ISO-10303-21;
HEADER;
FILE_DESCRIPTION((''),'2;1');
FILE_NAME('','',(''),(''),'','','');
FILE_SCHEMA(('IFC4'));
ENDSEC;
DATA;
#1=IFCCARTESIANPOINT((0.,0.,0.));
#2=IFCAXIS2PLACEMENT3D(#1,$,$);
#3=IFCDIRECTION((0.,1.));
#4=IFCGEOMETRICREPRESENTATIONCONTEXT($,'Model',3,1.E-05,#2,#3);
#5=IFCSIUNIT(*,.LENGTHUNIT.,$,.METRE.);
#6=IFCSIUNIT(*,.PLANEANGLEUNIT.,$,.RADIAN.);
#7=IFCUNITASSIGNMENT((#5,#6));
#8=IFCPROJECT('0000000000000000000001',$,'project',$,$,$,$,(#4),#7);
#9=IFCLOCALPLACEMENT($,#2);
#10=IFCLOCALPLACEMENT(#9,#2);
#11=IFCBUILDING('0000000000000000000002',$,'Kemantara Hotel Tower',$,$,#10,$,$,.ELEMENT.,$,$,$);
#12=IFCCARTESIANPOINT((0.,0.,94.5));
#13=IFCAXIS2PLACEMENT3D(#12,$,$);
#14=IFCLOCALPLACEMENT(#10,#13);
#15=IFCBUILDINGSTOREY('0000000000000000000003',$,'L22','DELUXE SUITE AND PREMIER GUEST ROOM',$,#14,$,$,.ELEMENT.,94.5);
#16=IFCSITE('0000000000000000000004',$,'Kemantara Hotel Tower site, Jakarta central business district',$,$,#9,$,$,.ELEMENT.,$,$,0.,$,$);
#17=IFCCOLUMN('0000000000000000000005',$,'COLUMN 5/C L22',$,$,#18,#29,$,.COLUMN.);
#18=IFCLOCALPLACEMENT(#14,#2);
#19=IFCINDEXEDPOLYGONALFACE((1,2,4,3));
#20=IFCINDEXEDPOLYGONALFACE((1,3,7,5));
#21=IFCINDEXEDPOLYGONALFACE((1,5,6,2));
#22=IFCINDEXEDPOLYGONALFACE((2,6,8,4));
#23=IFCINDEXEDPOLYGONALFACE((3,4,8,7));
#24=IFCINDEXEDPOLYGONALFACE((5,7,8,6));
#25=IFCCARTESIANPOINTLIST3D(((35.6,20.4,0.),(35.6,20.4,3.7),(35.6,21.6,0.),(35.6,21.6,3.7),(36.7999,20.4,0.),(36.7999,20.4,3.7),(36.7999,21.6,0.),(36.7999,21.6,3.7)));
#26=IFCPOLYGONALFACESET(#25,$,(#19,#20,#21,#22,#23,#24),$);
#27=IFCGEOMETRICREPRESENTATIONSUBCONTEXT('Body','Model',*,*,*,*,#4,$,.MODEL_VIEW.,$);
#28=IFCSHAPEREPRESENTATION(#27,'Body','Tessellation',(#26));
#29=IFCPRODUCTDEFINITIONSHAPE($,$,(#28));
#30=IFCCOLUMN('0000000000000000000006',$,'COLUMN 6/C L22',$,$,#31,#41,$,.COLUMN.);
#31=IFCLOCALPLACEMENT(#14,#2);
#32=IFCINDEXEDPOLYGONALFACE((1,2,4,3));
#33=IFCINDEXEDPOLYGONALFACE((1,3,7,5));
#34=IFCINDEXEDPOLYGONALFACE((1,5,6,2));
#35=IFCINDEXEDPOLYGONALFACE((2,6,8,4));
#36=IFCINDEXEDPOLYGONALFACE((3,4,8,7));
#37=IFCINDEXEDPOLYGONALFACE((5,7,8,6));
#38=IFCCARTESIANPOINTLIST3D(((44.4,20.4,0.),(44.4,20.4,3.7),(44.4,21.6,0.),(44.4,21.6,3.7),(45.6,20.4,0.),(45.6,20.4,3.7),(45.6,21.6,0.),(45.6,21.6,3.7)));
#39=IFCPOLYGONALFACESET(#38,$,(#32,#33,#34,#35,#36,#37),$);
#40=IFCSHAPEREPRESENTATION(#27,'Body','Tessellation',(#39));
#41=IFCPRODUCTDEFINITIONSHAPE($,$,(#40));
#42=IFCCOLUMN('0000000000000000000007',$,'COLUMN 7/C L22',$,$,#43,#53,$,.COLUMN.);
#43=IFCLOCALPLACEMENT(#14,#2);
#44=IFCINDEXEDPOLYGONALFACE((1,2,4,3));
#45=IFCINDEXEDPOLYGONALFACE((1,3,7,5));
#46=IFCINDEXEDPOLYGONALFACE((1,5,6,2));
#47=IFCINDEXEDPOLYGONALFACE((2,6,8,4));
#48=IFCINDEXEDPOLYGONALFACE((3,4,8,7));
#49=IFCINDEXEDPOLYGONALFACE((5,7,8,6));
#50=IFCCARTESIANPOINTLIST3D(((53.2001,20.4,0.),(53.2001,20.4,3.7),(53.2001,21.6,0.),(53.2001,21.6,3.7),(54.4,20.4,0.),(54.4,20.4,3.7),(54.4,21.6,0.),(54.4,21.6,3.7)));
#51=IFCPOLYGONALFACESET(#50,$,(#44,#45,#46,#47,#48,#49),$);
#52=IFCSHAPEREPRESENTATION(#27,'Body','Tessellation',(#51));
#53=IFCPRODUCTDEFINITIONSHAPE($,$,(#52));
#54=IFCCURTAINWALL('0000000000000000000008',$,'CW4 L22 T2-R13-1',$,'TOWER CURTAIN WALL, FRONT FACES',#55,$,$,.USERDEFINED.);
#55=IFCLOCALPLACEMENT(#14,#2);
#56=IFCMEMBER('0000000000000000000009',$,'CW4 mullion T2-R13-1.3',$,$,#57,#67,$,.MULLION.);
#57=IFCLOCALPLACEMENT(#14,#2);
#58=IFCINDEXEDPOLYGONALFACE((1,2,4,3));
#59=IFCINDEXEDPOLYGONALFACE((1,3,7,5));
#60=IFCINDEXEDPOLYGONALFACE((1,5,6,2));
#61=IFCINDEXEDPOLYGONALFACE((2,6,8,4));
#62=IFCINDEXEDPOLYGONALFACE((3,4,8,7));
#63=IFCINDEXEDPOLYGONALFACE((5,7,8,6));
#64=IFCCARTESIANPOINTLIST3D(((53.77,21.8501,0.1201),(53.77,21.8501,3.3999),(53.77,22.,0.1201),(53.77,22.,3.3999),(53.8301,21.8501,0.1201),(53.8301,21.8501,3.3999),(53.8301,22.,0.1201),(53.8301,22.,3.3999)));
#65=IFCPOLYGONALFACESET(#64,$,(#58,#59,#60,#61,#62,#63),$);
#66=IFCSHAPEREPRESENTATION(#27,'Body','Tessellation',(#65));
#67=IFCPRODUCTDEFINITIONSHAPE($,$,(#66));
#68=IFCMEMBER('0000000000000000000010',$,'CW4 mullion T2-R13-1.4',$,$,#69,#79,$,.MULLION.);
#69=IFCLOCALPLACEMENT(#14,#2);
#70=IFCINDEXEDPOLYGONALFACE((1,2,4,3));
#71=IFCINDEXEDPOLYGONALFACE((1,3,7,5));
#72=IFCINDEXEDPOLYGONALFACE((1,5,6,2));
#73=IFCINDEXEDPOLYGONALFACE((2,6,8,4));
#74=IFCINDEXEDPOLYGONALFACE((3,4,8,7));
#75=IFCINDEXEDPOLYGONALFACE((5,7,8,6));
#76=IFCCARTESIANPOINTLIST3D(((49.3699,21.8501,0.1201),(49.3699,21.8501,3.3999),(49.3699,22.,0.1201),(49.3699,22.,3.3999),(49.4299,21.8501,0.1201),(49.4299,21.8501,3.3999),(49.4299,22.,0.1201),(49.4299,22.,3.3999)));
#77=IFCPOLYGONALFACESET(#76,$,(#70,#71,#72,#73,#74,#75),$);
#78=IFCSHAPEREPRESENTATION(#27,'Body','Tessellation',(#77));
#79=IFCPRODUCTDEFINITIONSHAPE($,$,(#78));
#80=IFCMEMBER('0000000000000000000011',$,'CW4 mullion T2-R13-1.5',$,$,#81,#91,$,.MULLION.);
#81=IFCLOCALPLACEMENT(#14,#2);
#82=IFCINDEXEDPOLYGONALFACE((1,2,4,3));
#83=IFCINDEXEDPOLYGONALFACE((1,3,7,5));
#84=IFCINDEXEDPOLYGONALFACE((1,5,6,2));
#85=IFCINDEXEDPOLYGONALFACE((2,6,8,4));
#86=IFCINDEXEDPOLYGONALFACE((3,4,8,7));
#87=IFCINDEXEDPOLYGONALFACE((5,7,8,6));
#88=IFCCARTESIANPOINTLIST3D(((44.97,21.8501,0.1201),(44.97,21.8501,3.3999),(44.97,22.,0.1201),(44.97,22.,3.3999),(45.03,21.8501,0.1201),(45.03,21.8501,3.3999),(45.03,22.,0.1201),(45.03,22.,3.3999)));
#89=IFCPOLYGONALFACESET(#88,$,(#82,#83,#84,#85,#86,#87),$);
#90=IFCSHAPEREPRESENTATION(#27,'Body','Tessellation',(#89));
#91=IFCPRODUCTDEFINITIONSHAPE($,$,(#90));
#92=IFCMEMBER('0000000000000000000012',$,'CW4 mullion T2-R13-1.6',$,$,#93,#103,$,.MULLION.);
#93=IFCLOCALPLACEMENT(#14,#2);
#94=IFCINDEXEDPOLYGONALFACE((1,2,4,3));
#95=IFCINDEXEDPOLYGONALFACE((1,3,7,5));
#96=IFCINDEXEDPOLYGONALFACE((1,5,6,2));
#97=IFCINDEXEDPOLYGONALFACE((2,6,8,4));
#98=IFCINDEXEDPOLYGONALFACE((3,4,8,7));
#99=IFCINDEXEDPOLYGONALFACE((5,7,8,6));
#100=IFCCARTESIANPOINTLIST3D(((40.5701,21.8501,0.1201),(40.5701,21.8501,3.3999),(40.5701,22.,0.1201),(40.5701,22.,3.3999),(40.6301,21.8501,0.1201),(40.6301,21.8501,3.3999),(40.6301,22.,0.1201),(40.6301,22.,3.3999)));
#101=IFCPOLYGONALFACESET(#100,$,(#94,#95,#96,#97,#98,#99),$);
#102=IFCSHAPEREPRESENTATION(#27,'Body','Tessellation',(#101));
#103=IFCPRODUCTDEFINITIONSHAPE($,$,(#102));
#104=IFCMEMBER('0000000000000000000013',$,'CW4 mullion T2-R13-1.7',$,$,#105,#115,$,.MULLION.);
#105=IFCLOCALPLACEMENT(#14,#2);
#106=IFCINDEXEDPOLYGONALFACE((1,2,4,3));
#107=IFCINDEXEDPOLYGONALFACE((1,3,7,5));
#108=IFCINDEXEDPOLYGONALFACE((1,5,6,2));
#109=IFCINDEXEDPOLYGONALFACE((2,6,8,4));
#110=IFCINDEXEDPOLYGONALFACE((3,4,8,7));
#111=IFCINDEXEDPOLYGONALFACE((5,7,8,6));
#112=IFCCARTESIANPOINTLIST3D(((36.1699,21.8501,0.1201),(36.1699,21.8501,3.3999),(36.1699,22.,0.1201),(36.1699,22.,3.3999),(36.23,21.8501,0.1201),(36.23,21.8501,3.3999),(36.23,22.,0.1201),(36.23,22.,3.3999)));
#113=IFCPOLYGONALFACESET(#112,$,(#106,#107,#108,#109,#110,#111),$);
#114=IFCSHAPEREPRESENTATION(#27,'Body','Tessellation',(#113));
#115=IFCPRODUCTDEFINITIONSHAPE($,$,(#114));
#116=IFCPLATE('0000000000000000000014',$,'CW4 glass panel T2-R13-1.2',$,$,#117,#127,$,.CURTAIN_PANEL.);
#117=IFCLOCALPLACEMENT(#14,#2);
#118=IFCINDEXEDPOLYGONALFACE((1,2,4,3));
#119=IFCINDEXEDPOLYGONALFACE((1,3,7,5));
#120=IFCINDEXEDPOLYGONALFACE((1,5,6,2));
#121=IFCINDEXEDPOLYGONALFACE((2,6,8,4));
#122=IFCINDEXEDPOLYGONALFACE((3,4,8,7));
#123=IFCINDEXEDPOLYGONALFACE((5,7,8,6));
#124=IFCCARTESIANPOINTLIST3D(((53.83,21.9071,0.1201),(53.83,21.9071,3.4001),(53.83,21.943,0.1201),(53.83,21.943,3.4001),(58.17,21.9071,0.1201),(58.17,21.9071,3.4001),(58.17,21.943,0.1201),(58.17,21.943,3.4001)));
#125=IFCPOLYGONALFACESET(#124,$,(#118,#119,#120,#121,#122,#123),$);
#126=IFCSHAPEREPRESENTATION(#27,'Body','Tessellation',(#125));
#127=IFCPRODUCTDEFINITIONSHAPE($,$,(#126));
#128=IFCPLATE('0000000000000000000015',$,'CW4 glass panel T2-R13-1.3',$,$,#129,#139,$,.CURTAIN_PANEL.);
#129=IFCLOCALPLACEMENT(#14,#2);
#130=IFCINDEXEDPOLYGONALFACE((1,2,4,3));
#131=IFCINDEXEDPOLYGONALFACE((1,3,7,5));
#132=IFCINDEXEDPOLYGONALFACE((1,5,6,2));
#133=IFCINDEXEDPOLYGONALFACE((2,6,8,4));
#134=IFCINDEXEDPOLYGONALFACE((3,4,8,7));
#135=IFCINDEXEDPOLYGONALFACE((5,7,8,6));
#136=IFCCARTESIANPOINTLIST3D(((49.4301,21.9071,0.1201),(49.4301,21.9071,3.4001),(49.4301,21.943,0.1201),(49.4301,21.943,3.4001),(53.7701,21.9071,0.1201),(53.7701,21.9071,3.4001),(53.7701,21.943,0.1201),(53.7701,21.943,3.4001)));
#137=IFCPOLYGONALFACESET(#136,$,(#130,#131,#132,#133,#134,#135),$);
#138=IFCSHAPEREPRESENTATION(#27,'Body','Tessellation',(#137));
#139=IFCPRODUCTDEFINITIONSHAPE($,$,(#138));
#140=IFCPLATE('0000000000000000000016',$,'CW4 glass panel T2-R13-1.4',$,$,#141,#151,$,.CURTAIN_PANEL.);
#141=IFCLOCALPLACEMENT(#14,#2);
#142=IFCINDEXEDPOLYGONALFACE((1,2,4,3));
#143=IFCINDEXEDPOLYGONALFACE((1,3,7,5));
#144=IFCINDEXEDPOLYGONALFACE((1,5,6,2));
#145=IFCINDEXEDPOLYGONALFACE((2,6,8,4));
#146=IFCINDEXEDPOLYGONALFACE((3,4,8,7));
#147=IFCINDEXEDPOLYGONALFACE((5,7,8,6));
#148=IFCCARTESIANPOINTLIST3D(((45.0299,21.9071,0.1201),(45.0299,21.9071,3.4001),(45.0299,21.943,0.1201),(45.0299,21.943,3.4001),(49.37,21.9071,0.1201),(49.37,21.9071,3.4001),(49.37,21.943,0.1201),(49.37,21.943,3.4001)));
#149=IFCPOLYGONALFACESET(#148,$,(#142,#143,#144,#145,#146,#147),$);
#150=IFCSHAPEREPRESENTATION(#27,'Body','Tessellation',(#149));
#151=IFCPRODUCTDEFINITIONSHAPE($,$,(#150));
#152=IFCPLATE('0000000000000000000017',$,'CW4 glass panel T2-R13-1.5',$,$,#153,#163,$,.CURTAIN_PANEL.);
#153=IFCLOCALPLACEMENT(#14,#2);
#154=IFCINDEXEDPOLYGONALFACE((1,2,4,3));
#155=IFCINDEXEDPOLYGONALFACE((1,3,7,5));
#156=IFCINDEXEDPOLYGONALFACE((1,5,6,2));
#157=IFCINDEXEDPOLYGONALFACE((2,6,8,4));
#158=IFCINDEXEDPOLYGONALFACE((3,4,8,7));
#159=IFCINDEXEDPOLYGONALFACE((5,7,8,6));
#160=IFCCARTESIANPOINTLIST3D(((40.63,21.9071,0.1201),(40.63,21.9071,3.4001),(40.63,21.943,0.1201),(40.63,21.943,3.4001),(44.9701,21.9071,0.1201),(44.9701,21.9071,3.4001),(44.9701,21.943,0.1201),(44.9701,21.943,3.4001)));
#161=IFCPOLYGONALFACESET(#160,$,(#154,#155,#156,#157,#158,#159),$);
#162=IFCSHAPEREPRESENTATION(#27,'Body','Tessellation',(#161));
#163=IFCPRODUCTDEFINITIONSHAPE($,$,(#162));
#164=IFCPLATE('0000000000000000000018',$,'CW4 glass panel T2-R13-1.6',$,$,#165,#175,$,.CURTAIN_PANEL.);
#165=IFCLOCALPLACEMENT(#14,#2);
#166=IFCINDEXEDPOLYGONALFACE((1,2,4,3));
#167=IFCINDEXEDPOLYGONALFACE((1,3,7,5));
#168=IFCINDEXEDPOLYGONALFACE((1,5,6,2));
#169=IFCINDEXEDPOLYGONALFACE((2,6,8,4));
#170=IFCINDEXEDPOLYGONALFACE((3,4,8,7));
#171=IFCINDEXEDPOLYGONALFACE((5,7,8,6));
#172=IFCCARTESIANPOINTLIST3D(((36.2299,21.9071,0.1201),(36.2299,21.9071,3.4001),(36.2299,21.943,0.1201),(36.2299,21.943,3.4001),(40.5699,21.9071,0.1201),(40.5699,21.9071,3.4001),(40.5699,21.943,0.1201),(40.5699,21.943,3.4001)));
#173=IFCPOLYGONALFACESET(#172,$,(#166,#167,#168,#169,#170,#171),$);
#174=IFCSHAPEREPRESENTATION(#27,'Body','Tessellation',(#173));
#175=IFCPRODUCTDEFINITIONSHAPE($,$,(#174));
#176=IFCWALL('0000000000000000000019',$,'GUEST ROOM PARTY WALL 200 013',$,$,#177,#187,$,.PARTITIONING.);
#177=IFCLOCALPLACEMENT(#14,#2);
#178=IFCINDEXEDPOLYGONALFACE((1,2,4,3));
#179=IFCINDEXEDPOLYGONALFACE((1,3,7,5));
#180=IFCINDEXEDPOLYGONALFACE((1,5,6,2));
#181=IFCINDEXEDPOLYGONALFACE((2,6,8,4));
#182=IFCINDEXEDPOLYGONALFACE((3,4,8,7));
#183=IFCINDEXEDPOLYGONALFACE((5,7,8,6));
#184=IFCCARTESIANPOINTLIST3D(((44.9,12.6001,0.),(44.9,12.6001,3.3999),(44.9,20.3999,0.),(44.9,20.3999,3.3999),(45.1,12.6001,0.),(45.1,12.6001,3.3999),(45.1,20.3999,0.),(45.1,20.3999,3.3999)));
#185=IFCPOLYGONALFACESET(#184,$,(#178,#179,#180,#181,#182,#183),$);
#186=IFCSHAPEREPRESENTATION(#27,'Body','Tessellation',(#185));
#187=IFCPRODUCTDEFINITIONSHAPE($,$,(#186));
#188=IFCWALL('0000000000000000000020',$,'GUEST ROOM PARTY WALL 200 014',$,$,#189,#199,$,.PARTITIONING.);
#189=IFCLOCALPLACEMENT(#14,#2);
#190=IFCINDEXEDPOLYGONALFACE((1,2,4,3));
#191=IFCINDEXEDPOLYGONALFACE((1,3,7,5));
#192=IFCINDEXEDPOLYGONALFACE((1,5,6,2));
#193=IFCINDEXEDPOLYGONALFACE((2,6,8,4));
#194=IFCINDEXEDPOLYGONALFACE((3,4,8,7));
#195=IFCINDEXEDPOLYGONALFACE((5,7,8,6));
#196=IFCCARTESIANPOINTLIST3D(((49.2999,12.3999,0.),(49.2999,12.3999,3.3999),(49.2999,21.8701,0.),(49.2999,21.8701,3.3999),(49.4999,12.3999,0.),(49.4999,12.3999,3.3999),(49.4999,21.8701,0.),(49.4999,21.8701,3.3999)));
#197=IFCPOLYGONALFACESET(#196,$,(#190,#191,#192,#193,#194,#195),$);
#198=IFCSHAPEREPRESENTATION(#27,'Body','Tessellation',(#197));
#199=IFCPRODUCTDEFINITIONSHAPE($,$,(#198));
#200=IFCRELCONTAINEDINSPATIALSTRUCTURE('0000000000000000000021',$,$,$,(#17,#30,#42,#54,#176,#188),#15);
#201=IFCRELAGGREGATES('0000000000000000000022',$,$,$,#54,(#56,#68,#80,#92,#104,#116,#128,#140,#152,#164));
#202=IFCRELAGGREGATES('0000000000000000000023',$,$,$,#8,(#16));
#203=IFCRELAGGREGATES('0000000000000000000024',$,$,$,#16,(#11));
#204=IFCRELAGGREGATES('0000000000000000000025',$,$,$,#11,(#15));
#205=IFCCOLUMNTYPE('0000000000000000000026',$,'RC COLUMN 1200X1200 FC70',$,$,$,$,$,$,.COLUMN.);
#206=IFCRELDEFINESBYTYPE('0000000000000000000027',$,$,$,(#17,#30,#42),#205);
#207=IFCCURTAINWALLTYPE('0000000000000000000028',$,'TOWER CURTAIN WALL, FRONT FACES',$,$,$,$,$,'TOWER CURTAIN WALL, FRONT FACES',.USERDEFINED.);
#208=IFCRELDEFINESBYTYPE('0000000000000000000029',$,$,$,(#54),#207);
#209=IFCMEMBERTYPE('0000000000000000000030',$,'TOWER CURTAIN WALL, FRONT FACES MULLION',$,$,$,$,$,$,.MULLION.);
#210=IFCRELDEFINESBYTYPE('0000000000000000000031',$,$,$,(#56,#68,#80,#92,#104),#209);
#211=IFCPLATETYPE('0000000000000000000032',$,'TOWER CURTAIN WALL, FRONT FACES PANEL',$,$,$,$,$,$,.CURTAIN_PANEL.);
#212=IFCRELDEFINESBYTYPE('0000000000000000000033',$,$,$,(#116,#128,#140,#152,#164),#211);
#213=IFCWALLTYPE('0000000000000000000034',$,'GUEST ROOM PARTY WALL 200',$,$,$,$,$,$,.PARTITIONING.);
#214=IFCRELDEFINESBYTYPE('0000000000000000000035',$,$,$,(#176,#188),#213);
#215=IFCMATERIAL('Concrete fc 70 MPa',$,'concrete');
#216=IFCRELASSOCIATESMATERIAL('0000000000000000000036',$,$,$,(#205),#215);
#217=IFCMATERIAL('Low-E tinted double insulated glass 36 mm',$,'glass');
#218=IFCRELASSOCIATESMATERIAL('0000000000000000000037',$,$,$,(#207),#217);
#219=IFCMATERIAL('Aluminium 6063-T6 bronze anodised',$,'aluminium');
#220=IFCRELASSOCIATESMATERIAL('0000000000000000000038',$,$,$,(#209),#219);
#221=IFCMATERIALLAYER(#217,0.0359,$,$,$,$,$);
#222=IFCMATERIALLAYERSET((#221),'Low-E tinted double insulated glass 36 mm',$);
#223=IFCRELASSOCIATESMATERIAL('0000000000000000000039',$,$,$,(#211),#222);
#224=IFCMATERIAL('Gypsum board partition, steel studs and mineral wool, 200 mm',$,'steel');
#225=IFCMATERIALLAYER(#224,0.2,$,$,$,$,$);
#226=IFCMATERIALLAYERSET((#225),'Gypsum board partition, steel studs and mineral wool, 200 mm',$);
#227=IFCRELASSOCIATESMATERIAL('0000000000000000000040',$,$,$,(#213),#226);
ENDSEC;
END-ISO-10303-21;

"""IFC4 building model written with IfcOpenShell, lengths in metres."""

from ifc_helpers import new_model, si_unit, direction, frame, frame_2d, origin, origin_2d, place, context, subcontext, project, spatial, rectangle, extrude, source, transform, mapped, material, layer, layer_set, material_profile, profile_set, type_object, element, aggregate, save


model = new_model("IFC4")

# Units and contexts
model_context = context("Model", 3, precision=1e-05, world=origin(), true_north=direction((0.0, 1.0)))
body_context = subcontext(model_context, "Body", "Model", "MODEL_VIEW")
ifc_project = project(units=[si_unit("LENGTHUNIT", "METRE"), si_unit("PLANEANGLEUNIT", "RADIAN")], contexts=[model_context])

# Site, building, storey
site_placement = place(None, origin())
site = spatial("IfcSite", under=ifc_project, at=site_placement, Name="Kemantara Hotel Tower site, Jakarta central business district", CompositionType="ELEMENT", RefElevation=0.0)
building_placement = place(site_placement, origin())
building = spatial("IfcBuilding", under=site, at=building_placement, Name="Kemantara Hotel Tower", CompositionType="ELEMENT")
storey_placement = place(building_placement, frame((0.0, 0.0, 94.5)))
storey = spatial("IfcBuildingStorey", under=building, at=storey_placement, Name="L22", Description="DELUXE SUITE AND PREMIER GUEST ROOM", CompositionType="ELEMENT", Elevation=94.5)

# Columns
ifc_material_1 = material(Name="Concrete fc 70 MPa", Category="concrete")
ifc_material_profile_1 = material_profile(ifc_material_1, rectangle(XDim=1.2, YDim=1.2, at=origin_2d()), Name="RC 1200X1200")
ifc_profile_set_1 = profile_set([ifc_material_profile_1], Name="Concrete fc 70 MPa")
column_type = type_object("IfcColumnType", Name="RC COLUMN 1200X1200 FC70", PredefinedType="COLUMN", material=ifc_profile_set_1)
for number, where, z_axis, x_axis, name in (
    (1, (36.2, 21.0, 0.0), (0.0, 0.0, 1.0), (1.0, 0.0, 0.0), "COLUMN 5/C L22"),
    (2, (45.0, 21.0, 0.0), (0.0, 0.0, 1.0), (1.0, 0.0, 0.0), "COLUMN 6/C L22"),
    (3, (53.8, 21.0, 0.0), (0.0, 0.0, 1.0), (1.0, 0.0, 0.0), "COLUMN 7/C L22"),
):
    element("IfcColumn", number, at=place(storey_placement, frame(where, z_axis=z_axis, x_axis=x_axis)), inside=storey, type_object=column_type, Name=name, PredefinedType="COLUMN", context=body_context, shape_type="SweptSolid", body=[
        extrude(rectangle(XDim=1.2, YDim=1.2, at=origin_2d()), origin(), (0.0, 0.0, 1.0), 3.7),
    ])

# Curtain wall, members, plates
ifc_material_2 = material(Name="Low-E tinted double insulated glass 36 mm", Category="glass")
curtain_wall_type = type_object("IfcCurtainWallType", Name="TOWER CURTAIN WALL, FRONT FACES", ElementType="TOWER CURTAIN WALL, FRONT FACES", PredefinedType="USERDEFINED", material=ifc_material_2)
curtain_wall_placement = place(storey_placement, origin())
curtain_wall = element("IfcCurtainWall", 4, at=curtain_wall_placement, inside=storey, type_object=curtain_wall_type, Name="CW4 L22 T2-R13-1", ObjectType="TOWER CURTAIN WALL, FRONT FACES", PredefinedType="USERDEFINED")
ifc_material_3 = material(Name="Aluminium 6063-T6 bronze anodised", Category="aluminium")
ifc_material_profile_2 = material_profile(ifc_material_3, rectangle(XDim=0.1499, YDim=0.0601, at=origin_2d()), Name="TOWER CURTAIN WALL, FRONT FACES MULLION")
ifc_profile_set_2 = profile_set([ifc_material_profile_2], Name="Aluminium 6063-T6 bronze anodised")
member_type = type_object("IfcMemberType", Name="TOWER CURTAIN WALL, FRONT FACES MULLION", PredefinedType="MULLION", material=ifc_profile_set_2)
shared_shape_1 = source(origin(), body_context, "Body", "SweptSolid", [
    extrude(rectangle(XDim=0.1499, YDim=0.0601, at=origin_2d()), origin(), (0.0, 0.0, 1.0), 3.2798),
])
member_1_placement = place(storey_placement, frame((53.8, 21.925, 0.1201), z_axis=(0.0, 0.0, 1.0), x_axis=(0.0, -1.0, 0.0)))
member_1 = element("IfcMember", 5, at=member_1_placement, type_object=member_type, Name="CW4 mullion T2-R13-1.3", PredefinedType="MULLION", context=body_context, shape_type="MappedRepresentation", body=[
    mapped(shared_shape_1, transform((0.0, 0.0, 0.0))),
])
member_2_placement = place(storey_placement, frame((49.3999, 21.925, 0.1201), z_axis=(0.0, 0.0, 1.0), x_axis=(0.0, -1.0, 0.0)))
member_2 = element("IfcMember", 6, at=member_2_placement, type_object=member_type, Name="CW4 mullion T2-R13-1.4", PredefinedType="MULLION", context=body_context, shape_type="MappedRepresentation", body=[
    mapped(shared_shape_1, transform((0.0, 0.0, 0.0))),
])
member_3_placement = place(storey_placement, frame((45.0, 21.925, 0.1201), z_axis=(0.0, 0.0, 1.0), x_axis=(0.0, -1.0, 0.0)))
member_3 = element("IfcMember", 7, at=member_3_placement, type_object=member_type, Name="CW4 mullion T2-R13-1.5", PredefinedType="MULLION", context=body_context, shape_type="MappedRepresentation", body=[
    mapped(shared_shape_1, transform((0.0, 0.0, 0.0))),
])
member_4_placement = place(storey_placement, frame((40.6001, 21.925, 0.1201), z_axis=(0.0, 0.0, 1.0), x_axis=(0.0, -1.0, 0.0)))
member_4 = element("IfcMember", 8, at=member_4_placement, type_object=member_type, Name="CW4 mullion T2-R13-1.6", PredefinedType="MULLION", context=body_context, shape_type="MappedRepresentation", body=[
    mapped(shared_shape_1, transform((0.0, 0.0, 0.0))),
])
member_5_placement = place(storey_placement, frame((36.2, 21.925, 0.1201), z_axis=(0.0, 0.0, 1.0), x_axis=(0.0, -1.0, 0.0)))
member_5 = element("IfcMember", 9, at=member_5_placement, type_object=member_type, Name="CW4 mullion T2-R13-1.7", PredefinedType="MULLION", context=body_context, shape_type="MappedRepresentation", body=[
    mapped(shared_shape_1, transform((0.0, 0.0, 0.0))),
])
ifc_layer_1 = layer(ifc_material_2, 0.0359)
ifc_layer_set_1 = layer_set([ifc_layer_1], Name="Low-E tinted double insulated glass 36 mm")
plate_type = type_object("IfcPlateType", Name="TOWER CURTAIN WALL, FRONT FACES PANEL", PredefinedType="CURTAIN_PANEL", material=ifc_layer_set_1)
shared_shape_2 = source(origin(), body_context, "Body", "SweptSolid", [
    extrude(rectangle(XDim=4.3401, YDim=0.0359, at=origin_2d()), origin(), (0.0, 0.0, 1.0), 3.28),
])
plate_1_placement = place(storey_placement, frame((56.0, 21.925, 0.1201), z_axis=(0.0, 0.0, 1.0), x_axis=(-1.0, 0.0, 0.0)))
plate_1 = element("IfcPlate", 10, at=plate_1_placement, type_object=plate_type, Name="CW4 glass panel T2-R13-1.2", PredefinedType="CURTAIN_PANEL", context=body_context, shape_type="MappedRepresentation", body=[
    mapped(shared_shape_2, transform((0.0, 0.0, 0.0))),
])
plate_2_placement = place(storey_placement, frame((51.6001, 21.925, 0.1201), z_axis=(0.0, 0.0, 1.0), x_axis=(-1.0, 0.0, 0.0)))
plate_2 = element("IfcPlate", 11, at=plate_2_placement, type_object=plate_type, Name="CW4 glass panel T2-R13-1.3", PredefinedType="CURTAIN_PANEL", context=body_context, shape_type="MappedRepresentation", body=[
    mapped(shared_shape_2, transform((0.0, 0.0, 0.0))),
])
plate_3_placement = place(storey_placement, frame((47.2, 21.925, 0.1201), z_axis=(0.0, 0.0, 1.0), x_axis=(-1.0, 0.0, 0.0)))
plate_3 = element("IfcPlate", 12, at=plate_3_placement, type_object=plate_type, Name="CW4 glass panel T2-R13-1.4", PredefinedType="CURTAIN_PANEL", context=body_context, shape_type="MappedRepresentation", body=[
    mapped(shared_shape_2, transform((0.0, 0.0, 0.0))),
])
plate_4_placement = place(storey_placement, frame((42.8, 21.925, 0.1201), z_axis=(0.0, 0.0, 1.0), x_axis=(-1.0, 0.0, 0.0)))
plate_4 = element("IfcPlate", 13, at=plate_4_placement, type_object=plate_type, Name="CW4 glass panel T2-R13-1.5", PredefinedType="CURTAIN_PANEL", context=body_context, shape_type="MappedRepresentation", body=[
    mapped(shared_shape_2, transform((0.0, 0.0, 0.0))),
])
plate_5_placement = place(storey_placement, frame((38.3999, 21.925, 0.1201), z_axis=(0.0, 0.0, 1.0), x_axis=(-1.0, 0.0, 0.0)))
plate_5 = element("IfcPlate", 14, at=plate_5_placement, type_object=plate_type, Name="CW4 glass panel T2-R13-1.6", PredefinedType="CURTAIN_PANEL", context=body_context, shape_type="MappedRepresentation", body=[
    mapped(shared_shape_2, transform((0.0, 0.0, 0.0))),
])
aggregate(curtain_wall, [member_1, member_2, member_3, member_4, member_5, plate_1, plate_2, plate_3, plate_4, plate_5])

# Walls
ifc_material_4 = material(Name="Gypsum board partition, steel studs and mineral wool, 200 mm", Category="steel")
ifc_layer_2 = layer(ifc_material_4, 0.2)
ifc_layer_set_2 = layer_set([ifc_layer_2], Name="Gypsum board partition, steel studs and mineral wool, 200 mm")
wall_type_1 = type_object("IfcWallType", Name="GUEST ROOM PARTY WALL 200", PredefinedType="PARTITIONING", material=ifc_layer_set_2)
wall_1_placement = place(storey_placement, frame((45.0, 12.6001, 0.0), z_axis=(0.0, 0.0, 1.0), x_axis=(0.0, 1.0, 0.0)))
element("IfcWall", 15, at=wall_1_placement, inside=storey, type_object=wall_type_1, Name="GUEST ROOM PARTY WALL 200 013", PredefinedType="PARTITIONING", context=body_context, shape_type="SweptSolid", body=[
    extrude(rectangle(XDim=7.7998, YDim=0.2, at=frame_2d((3.8999, 0.0))), origin(), (0.0, 0.0, 1.0), 3.3999),
])
wall_2_placement = place(storey_placement, frame((49.3999, 12.3999, 0.0), z_axis=(0.0, 0.0, 1.0), x_axis=(0.0, 1.0, 0.0)))
element("IfcWall", 16, at=wall_2_placement, inside=storey, type_object=wall_type_1, Name="GUEST ROOM PARTY WALL 200 014", PredefinedType="PARTITIONING", context=body_context, shape_type="SweptSolid", body=[
    extrude(rectangle(XDim=9.4702, YDim=0.2, at=frame_2d((4.7351, 0.0))), origin(), (0.0, 0.0, 1.0), 3.3999),
])

save(model, "model.ifc")
